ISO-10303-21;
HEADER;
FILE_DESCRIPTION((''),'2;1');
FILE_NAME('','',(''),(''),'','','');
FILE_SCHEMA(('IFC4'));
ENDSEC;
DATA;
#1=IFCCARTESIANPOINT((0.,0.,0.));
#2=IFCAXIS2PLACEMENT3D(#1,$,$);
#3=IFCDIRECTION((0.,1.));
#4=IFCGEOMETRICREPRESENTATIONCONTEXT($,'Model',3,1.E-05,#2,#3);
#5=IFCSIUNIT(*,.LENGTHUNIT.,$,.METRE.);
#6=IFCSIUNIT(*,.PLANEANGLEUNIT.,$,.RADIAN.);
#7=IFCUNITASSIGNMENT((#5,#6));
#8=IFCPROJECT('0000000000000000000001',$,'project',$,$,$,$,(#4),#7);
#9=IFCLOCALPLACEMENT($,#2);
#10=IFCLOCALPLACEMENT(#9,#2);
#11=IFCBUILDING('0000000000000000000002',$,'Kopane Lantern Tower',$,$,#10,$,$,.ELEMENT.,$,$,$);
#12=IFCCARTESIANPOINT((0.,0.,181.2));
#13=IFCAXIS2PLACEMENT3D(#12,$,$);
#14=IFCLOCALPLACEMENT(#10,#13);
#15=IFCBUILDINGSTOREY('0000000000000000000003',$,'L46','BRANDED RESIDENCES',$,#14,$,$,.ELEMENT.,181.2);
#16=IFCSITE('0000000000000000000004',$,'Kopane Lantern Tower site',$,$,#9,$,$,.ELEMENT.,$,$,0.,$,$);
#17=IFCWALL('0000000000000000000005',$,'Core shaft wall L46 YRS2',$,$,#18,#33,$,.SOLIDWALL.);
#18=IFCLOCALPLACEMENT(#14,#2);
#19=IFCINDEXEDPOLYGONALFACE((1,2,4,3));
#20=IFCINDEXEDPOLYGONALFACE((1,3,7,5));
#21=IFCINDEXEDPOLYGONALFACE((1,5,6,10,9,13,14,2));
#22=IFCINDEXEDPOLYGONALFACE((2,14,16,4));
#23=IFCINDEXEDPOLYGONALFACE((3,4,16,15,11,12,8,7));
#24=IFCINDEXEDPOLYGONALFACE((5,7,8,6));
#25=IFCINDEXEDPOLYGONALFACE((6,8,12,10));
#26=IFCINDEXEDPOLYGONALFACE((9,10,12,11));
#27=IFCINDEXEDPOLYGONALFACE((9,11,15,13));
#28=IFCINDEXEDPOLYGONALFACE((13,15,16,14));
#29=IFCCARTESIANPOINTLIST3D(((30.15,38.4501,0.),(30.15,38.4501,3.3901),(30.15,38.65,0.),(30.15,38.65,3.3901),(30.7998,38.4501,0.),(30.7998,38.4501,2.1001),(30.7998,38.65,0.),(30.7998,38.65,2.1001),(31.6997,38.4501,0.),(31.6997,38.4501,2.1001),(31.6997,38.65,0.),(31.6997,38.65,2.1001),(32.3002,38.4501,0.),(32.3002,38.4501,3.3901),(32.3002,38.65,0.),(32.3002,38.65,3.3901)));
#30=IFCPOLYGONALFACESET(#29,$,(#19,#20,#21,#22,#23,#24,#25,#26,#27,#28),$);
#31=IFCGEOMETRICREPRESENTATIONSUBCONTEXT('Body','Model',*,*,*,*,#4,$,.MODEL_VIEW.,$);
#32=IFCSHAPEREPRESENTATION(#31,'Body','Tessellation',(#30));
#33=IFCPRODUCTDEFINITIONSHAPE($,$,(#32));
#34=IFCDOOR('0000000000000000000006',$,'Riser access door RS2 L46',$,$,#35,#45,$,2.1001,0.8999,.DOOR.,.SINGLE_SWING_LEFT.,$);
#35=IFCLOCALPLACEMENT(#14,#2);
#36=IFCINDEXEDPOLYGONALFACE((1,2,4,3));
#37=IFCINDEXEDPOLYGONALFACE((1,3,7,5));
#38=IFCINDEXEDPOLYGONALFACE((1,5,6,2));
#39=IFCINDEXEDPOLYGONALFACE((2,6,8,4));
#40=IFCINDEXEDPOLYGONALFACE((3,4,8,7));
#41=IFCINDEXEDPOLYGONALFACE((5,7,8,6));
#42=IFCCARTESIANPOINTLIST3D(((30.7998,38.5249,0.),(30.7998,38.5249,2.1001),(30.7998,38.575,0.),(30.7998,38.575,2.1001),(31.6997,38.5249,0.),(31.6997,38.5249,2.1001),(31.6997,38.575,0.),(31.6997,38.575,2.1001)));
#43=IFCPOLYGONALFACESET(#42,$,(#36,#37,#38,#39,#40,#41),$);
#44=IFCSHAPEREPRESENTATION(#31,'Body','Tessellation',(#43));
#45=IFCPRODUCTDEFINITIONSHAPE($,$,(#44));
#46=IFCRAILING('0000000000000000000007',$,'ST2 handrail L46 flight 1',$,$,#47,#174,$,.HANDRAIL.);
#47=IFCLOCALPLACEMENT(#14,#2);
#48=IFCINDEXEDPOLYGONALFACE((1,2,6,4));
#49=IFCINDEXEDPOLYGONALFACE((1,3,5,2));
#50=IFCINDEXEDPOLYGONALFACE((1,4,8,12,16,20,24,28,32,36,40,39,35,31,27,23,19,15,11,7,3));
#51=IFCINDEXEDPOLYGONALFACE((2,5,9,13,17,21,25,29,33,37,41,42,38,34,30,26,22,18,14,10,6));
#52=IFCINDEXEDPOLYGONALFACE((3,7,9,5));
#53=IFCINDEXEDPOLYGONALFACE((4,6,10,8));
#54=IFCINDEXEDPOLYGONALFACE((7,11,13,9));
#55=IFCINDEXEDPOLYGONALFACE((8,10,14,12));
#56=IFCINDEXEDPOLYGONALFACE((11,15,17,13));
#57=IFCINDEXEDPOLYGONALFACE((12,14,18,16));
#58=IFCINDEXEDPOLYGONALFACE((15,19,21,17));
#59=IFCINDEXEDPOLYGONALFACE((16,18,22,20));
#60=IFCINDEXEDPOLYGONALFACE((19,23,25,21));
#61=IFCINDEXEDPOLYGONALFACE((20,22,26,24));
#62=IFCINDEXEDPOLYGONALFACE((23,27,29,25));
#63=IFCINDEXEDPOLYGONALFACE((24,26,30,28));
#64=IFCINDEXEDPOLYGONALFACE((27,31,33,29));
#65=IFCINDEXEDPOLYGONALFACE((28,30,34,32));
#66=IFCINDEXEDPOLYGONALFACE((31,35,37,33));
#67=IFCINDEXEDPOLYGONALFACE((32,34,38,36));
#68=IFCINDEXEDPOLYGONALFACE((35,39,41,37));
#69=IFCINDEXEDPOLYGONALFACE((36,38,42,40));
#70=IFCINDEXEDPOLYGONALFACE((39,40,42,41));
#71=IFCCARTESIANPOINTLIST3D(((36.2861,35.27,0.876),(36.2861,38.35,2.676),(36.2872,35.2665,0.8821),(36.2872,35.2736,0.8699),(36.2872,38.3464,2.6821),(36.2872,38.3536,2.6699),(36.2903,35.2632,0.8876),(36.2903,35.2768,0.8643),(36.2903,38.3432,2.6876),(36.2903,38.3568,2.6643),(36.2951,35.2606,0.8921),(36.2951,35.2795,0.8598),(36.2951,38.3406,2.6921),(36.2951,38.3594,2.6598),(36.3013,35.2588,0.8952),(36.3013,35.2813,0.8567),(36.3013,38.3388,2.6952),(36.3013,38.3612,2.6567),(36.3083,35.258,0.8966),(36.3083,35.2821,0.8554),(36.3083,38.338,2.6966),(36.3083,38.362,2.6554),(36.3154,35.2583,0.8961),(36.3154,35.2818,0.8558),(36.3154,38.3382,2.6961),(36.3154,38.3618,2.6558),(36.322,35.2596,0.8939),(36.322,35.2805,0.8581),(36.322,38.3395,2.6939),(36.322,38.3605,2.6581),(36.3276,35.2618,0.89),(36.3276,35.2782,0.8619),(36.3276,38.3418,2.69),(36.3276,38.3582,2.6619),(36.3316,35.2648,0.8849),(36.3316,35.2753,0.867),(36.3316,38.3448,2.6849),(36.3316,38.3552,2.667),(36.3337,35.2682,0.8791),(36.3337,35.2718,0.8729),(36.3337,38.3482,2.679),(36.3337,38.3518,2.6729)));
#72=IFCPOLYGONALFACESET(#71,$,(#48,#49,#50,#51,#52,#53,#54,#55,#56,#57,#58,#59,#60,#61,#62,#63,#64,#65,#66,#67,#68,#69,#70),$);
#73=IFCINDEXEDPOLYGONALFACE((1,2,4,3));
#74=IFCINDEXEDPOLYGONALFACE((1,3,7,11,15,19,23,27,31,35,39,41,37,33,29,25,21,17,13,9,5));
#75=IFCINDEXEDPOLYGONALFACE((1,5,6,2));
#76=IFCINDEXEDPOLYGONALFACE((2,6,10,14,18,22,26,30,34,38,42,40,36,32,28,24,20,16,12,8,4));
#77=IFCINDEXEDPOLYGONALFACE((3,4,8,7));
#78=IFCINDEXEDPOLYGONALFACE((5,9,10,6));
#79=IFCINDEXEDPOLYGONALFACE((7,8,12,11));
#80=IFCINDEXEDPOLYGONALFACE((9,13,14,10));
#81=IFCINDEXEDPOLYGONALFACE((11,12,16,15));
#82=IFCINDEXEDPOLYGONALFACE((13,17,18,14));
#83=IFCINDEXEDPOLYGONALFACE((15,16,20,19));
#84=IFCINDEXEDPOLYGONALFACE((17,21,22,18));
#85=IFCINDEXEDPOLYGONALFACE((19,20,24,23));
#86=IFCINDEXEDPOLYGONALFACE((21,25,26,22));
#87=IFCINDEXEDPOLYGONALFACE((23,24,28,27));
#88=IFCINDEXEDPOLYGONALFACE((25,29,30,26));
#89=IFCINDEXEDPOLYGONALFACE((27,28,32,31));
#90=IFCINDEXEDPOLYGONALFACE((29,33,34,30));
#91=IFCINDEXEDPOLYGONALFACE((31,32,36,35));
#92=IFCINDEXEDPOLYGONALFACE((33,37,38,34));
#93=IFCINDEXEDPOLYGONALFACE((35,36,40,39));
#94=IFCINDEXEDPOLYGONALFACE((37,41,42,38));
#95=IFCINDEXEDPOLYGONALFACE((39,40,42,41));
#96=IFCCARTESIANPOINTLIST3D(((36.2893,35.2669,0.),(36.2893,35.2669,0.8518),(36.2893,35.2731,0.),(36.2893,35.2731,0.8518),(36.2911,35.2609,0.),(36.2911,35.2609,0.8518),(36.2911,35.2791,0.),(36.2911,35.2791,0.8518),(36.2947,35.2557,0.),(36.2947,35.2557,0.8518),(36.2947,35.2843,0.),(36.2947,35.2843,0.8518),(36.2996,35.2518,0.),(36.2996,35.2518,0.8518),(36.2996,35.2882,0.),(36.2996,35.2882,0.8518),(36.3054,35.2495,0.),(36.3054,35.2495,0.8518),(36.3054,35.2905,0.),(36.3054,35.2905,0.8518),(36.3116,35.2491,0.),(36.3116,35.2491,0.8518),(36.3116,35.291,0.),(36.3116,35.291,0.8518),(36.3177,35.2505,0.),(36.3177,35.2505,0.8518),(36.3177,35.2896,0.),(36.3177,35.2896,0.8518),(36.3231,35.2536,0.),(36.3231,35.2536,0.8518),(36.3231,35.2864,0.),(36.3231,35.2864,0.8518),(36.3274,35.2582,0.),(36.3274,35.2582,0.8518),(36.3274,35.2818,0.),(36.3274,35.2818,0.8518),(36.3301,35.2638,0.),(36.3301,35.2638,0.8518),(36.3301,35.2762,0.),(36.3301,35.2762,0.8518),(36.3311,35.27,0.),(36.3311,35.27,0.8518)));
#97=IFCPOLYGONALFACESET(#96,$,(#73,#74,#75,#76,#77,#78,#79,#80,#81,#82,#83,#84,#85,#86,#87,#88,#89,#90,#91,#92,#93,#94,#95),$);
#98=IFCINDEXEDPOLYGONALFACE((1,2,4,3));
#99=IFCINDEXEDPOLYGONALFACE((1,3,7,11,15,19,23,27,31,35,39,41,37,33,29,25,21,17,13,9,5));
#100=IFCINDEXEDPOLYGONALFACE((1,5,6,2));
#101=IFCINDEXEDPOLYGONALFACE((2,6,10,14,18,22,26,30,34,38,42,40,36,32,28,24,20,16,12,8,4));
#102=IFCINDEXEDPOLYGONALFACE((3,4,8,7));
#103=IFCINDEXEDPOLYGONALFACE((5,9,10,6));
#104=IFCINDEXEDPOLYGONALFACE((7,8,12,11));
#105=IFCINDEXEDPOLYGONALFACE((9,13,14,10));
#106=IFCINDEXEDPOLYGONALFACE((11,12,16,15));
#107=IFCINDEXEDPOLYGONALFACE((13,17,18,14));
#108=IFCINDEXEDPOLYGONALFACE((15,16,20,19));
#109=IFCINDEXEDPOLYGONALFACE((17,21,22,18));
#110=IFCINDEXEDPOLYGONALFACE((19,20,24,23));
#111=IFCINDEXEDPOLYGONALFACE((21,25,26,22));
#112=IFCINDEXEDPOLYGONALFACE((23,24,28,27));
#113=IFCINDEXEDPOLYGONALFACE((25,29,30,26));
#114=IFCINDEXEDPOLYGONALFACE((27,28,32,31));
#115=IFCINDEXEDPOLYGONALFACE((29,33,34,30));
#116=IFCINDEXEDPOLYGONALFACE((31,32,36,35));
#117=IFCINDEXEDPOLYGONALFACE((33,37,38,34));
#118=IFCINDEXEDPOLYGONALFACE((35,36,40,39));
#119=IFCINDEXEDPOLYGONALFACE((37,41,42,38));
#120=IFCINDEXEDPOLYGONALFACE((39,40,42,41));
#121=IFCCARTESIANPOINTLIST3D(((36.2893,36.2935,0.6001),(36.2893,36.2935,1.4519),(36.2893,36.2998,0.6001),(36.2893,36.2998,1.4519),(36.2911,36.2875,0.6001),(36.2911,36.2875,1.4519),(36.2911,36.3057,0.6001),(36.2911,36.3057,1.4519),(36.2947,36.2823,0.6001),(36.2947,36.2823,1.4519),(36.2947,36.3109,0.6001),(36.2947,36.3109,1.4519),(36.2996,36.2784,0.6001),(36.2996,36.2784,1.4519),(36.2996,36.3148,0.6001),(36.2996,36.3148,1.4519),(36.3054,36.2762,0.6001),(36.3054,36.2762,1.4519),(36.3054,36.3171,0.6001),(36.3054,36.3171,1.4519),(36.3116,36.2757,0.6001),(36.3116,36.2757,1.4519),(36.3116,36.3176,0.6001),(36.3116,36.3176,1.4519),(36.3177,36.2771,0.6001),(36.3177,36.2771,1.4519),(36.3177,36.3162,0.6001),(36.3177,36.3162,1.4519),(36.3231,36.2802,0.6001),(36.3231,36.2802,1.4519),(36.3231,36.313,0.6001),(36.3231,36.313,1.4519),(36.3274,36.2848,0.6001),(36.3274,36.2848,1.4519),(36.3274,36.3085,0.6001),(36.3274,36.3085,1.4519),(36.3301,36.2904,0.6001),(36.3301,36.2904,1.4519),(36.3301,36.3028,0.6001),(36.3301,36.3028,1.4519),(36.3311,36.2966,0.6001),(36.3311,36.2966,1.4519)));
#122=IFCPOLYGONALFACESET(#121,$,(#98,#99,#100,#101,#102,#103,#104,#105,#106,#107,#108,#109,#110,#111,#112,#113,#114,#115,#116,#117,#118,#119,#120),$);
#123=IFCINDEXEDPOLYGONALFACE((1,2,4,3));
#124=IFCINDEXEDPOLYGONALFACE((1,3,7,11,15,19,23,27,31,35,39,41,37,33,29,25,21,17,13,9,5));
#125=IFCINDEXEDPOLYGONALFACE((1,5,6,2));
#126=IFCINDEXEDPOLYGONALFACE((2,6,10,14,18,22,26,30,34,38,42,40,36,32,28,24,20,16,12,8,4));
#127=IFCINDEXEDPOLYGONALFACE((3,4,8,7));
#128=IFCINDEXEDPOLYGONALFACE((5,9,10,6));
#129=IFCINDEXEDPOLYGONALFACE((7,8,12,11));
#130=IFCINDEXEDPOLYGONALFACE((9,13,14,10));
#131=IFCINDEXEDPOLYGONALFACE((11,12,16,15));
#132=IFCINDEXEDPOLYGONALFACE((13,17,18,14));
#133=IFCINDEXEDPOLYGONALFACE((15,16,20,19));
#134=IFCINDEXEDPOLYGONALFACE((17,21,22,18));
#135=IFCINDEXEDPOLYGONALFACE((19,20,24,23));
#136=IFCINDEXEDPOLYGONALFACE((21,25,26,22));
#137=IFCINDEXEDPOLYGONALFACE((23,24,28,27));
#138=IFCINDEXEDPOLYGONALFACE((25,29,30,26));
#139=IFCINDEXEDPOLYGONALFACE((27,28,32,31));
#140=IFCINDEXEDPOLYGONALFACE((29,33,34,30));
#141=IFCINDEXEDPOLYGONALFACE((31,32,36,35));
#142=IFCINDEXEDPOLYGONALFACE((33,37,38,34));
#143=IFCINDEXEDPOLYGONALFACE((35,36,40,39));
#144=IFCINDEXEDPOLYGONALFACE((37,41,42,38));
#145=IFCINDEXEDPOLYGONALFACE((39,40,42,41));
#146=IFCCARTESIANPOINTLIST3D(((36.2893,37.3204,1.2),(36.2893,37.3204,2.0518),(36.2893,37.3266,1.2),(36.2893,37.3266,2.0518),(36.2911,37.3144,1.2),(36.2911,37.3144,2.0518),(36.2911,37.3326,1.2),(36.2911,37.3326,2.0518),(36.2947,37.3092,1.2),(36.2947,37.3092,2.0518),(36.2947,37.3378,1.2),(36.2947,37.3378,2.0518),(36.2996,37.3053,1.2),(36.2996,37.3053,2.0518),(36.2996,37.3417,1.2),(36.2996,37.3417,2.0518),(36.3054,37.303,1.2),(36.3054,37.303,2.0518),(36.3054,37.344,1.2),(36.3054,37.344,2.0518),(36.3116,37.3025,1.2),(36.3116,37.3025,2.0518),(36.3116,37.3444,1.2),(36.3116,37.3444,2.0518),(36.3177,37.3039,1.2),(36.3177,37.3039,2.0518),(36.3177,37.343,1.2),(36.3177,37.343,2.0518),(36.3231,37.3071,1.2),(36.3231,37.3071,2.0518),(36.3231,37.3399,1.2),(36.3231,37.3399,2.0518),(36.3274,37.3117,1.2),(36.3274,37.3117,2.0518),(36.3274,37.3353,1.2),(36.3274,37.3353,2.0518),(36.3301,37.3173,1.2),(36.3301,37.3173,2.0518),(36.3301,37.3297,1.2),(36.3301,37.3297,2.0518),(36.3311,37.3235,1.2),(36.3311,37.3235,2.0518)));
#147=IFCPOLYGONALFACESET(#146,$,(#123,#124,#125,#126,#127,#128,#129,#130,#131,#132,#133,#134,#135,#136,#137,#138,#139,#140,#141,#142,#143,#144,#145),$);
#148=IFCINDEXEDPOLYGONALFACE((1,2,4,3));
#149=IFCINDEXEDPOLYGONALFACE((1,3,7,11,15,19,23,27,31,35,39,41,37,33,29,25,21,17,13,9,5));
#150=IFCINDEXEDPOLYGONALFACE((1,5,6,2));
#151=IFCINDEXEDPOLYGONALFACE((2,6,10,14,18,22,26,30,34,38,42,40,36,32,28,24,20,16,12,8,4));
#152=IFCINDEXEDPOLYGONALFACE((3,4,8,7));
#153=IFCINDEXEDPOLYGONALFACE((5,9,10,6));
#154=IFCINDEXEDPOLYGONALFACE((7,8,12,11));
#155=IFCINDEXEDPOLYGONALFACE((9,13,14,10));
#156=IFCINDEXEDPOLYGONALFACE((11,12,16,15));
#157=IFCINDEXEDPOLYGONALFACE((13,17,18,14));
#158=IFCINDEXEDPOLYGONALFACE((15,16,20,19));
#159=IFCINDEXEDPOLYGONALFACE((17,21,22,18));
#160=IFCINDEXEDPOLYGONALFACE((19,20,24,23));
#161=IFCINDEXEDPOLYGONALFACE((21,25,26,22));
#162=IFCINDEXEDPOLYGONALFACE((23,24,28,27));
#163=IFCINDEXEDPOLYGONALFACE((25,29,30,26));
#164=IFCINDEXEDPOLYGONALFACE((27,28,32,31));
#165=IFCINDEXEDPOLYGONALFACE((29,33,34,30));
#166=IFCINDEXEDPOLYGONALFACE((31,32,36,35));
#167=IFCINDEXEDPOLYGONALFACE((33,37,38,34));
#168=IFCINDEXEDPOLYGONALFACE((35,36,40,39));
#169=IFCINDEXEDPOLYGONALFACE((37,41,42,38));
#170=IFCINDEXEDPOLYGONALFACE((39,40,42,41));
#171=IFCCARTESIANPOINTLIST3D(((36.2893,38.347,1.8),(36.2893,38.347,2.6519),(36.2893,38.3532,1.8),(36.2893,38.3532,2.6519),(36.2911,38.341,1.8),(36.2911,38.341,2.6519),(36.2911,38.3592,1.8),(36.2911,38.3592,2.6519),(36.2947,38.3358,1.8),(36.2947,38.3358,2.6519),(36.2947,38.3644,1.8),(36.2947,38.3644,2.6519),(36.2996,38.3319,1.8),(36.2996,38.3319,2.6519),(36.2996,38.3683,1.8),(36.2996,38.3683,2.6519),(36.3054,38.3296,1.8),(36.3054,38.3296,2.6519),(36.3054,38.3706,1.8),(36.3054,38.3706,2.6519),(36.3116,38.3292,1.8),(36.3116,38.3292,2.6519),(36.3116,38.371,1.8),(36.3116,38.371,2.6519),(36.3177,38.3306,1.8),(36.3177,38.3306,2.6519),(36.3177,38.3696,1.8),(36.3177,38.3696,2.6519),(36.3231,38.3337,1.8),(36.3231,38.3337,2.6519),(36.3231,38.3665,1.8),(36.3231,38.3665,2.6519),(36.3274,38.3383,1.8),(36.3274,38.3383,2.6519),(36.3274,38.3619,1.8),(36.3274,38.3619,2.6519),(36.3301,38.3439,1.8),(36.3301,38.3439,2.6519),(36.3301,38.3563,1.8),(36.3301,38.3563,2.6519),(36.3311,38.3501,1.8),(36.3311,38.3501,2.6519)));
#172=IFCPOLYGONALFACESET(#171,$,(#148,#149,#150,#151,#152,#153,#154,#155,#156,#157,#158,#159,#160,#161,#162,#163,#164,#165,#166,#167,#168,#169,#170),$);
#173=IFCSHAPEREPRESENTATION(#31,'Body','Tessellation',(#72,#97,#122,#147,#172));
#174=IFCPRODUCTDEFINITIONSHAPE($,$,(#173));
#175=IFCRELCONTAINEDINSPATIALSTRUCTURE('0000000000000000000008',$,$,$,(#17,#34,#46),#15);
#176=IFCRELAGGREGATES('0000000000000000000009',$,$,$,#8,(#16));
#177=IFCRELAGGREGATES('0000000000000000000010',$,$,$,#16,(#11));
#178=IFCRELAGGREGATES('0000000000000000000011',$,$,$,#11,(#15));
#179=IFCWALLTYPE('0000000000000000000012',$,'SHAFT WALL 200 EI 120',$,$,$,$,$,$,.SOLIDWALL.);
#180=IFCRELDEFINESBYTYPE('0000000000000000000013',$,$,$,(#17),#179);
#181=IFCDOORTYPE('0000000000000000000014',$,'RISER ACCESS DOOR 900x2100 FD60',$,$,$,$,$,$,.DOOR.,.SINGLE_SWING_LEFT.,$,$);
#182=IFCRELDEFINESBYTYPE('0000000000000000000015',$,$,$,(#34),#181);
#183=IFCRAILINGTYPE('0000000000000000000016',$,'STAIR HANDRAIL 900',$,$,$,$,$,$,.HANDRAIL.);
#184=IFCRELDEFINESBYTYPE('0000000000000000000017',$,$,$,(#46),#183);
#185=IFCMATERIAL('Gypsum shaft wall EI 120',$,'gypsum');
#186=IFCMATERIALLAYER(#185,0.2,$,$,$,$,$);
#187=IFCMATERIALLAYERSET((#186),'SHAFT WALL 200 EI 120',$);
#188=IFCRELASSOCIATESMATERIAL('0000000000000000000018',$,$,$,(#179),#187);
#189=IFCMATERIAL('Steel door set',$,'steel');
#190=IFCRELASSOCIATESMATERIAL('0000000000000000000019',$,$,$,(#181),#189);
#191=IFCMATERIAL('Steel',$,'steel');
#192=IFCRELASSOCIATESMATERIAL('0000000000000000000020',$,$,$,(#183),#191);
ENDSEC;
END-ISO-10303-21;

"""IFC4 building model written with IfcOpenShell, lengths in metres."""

from ifc_helpers import new_model, si_unit, direction, frame, frame_2d, origin, origin_2d, place, context, subcontext, project, spatial, rectangle, circle, extrude, material, layer, layer_set, type_object, element, fill, save


model = new_model("IFC4")

# Units and contexts
model_context = context("Model", 3, precision=1e-05, world=origin(), true_north=direction((0.0, 1.0)))
body_context = subcontext(model_context, "Body", "Model", "MODEL_VIEW")
ifc_project = project(units=[si_unit("LENGTHUNIT", "METRE"), si_unit("PLANEANGLEUNIT", "RADIAN")], contexts=[model_context])

# Site, building, storey
site_placement = place(None, origin())
site = spatial("IfcSite", under=ifc_project, at=site_placement, Name="Kopane Lantern Tower site", CompositionType="ELEMENT", RefElevation=0.0)
building_placement = place(site_placement, origin())
building = spatial("IfcBuilding", under=site, at=building_placement, Name="Kopane Lantern Tower", CompositionType="ELEMENT")
storey_placement = place(building_placement, frame((0.0, 0.0, 181.2)))
storey = spatial("IfcBuildingStorey", under=building, at=storey_placement, Name="L46", Description="BRANDED RESIDENCES", CompositionType="ELEMENT", Elevation=181.2)

# Shared definitions
ifc_material_1 = material(Name="Gypsum shaft wall EI 120", Category="gypsum")
ifc_layer_1 = layer(ifc_material_1, 0.2)
ifc_layer_set_1 = layer_set([ifc_layer_1], Name="SHAFT WALL 200 EI 120")
wall_type_1 = type_object("IfcWallType", Name="SHAFT WALL 200 EI 120", PredefinedType="SOLIDWALL", material=ifc_layer_set_1)

# Wall, opening, door
wall_1_placement = place(storey_placement, frame((30.1499, 38.55, 0.0), z_axis=(0.0, 0.0, 1.0), x_axis=(1.0, 0.0, 0.0)))
wall_1 = element("IfcWall", 1, at=wall_1_placement, inside=storey, type_object=wall_type_1, Name="Core shaft wall L46 YRS2", PredefinedType="SOLIDWALL", context=body_context, shape_type="SweptSolid", body=[
    extrude(rectangle(XDim=2.1501, YDim=0.2, at=frame_2d((1.0752, 0.0))), origin(), (0.0, 0.0, 1.0), 3.3901),
])
opening_1_placement = place(wall_1_placement, frame((0.6499, 0.0, 0.0)))
opening_1 = element("IfcOpeningElement", 2, at=opening_1_placement, cuts=wall_1, PredefinedType="OPENING", context=body_context, shape_type="SweptSolid", body=[
    extrude(rectangle(XDim=0.8999, YDim=2.1001, at=frame_2d((0.45, 1.05))), frame((0.0, 0.1099, 0.0), z_axis=(0.0, -1.0, 0.0), x_axis=(1.0, 0.0, 0.0)), (0.0, 0.0, 1.0), 0.22),
])
ifc_material_2 = material(Name="Steel door set", Category="steel")
door_type_1 = type_object("IfcDoorType", Name="RISER ACCESS DOOR 900x2100 FD60", OperationType="SINGLE_SWING_LEFT", PredefinedType="DOOR", material=ifc_material_2)
door_1_placement = place(opening_1_placement, origin())
door_1 = element("IfcDoor", 3, at=door_1_placement, inside=storey, type_object=door_type_1, Name="Riser access door RS2 L46", OperationType="SINGLE_SWING_LEFT", OverallHeight=2.1001, OverallWidth=0.8999, PredefinedType="DOOR", context=body_context, shape_type="SweptSolid", body=[
    extrude(rectangle(XDim=0.8999, YDim=2.1001, at=frame_2d((0.45, 1.05))), frame((0.0, 0.0249, 0.0), z_axis=(0.0, -1.0, 0.0), x_axis=(1.0, 0.0, 0.0)), (0.0, 0.0, 1.0), 0.05),
])
fill(opening_1, door_1)

# Railing
ifc_material_3 = material(Name="Steel", Category="steel")
railing_type_1 = type_object("IfcRailingType", Name="STAIR HANDRAIL 900", PredefinedType="HANDRAIL", material=ifc_material_3)
for number, where, name in (
    (4, (36.3101, 35.27, 0.0), "ST2 handrail L46 flight 1"),
):
    element("IfcRailing", number, at=place(storey_placement, frame(where)), inside=storey, type_object=railing_type_1, Name=name, PredefinedType="HANDRAIL", context=body_context, shape_type="SweptSolid", body=[
        extrude(circle(Radius=0.0239, at=origin_2d()), frame((0.0, 0.0, 0.876), z_axis=(0.0, 0.863372, 0.504569), x_axis=(-1.0, 0.0, 0.0)), (0.0, 0.0, 1.0), 3.5674),
        extrude(circle(Radius=0.021, at=origin_2d()), origin(), (0.0, 0.0, 1.0), 0.8518),
        extrude(circle(Radius=0.021, at=origin_2d()), frame((0.0, 1.0266, 0.6001)), (0.0, 0.0, 1.0), 0.8518),
        extrude(circle(Radius=0.021, at=origin_2d()), frame((0.0, 2.0535, 1.2)), (0.0, 0.0, 1.0), 0.8518),
        extrude(circle(Radius=0.021, at=origin_2d()), frame((0.0, 3.0801, 1.8)), (0.0, 0.0, 1.0), 0.8518),
    ])

save(model, "model.ifc")
